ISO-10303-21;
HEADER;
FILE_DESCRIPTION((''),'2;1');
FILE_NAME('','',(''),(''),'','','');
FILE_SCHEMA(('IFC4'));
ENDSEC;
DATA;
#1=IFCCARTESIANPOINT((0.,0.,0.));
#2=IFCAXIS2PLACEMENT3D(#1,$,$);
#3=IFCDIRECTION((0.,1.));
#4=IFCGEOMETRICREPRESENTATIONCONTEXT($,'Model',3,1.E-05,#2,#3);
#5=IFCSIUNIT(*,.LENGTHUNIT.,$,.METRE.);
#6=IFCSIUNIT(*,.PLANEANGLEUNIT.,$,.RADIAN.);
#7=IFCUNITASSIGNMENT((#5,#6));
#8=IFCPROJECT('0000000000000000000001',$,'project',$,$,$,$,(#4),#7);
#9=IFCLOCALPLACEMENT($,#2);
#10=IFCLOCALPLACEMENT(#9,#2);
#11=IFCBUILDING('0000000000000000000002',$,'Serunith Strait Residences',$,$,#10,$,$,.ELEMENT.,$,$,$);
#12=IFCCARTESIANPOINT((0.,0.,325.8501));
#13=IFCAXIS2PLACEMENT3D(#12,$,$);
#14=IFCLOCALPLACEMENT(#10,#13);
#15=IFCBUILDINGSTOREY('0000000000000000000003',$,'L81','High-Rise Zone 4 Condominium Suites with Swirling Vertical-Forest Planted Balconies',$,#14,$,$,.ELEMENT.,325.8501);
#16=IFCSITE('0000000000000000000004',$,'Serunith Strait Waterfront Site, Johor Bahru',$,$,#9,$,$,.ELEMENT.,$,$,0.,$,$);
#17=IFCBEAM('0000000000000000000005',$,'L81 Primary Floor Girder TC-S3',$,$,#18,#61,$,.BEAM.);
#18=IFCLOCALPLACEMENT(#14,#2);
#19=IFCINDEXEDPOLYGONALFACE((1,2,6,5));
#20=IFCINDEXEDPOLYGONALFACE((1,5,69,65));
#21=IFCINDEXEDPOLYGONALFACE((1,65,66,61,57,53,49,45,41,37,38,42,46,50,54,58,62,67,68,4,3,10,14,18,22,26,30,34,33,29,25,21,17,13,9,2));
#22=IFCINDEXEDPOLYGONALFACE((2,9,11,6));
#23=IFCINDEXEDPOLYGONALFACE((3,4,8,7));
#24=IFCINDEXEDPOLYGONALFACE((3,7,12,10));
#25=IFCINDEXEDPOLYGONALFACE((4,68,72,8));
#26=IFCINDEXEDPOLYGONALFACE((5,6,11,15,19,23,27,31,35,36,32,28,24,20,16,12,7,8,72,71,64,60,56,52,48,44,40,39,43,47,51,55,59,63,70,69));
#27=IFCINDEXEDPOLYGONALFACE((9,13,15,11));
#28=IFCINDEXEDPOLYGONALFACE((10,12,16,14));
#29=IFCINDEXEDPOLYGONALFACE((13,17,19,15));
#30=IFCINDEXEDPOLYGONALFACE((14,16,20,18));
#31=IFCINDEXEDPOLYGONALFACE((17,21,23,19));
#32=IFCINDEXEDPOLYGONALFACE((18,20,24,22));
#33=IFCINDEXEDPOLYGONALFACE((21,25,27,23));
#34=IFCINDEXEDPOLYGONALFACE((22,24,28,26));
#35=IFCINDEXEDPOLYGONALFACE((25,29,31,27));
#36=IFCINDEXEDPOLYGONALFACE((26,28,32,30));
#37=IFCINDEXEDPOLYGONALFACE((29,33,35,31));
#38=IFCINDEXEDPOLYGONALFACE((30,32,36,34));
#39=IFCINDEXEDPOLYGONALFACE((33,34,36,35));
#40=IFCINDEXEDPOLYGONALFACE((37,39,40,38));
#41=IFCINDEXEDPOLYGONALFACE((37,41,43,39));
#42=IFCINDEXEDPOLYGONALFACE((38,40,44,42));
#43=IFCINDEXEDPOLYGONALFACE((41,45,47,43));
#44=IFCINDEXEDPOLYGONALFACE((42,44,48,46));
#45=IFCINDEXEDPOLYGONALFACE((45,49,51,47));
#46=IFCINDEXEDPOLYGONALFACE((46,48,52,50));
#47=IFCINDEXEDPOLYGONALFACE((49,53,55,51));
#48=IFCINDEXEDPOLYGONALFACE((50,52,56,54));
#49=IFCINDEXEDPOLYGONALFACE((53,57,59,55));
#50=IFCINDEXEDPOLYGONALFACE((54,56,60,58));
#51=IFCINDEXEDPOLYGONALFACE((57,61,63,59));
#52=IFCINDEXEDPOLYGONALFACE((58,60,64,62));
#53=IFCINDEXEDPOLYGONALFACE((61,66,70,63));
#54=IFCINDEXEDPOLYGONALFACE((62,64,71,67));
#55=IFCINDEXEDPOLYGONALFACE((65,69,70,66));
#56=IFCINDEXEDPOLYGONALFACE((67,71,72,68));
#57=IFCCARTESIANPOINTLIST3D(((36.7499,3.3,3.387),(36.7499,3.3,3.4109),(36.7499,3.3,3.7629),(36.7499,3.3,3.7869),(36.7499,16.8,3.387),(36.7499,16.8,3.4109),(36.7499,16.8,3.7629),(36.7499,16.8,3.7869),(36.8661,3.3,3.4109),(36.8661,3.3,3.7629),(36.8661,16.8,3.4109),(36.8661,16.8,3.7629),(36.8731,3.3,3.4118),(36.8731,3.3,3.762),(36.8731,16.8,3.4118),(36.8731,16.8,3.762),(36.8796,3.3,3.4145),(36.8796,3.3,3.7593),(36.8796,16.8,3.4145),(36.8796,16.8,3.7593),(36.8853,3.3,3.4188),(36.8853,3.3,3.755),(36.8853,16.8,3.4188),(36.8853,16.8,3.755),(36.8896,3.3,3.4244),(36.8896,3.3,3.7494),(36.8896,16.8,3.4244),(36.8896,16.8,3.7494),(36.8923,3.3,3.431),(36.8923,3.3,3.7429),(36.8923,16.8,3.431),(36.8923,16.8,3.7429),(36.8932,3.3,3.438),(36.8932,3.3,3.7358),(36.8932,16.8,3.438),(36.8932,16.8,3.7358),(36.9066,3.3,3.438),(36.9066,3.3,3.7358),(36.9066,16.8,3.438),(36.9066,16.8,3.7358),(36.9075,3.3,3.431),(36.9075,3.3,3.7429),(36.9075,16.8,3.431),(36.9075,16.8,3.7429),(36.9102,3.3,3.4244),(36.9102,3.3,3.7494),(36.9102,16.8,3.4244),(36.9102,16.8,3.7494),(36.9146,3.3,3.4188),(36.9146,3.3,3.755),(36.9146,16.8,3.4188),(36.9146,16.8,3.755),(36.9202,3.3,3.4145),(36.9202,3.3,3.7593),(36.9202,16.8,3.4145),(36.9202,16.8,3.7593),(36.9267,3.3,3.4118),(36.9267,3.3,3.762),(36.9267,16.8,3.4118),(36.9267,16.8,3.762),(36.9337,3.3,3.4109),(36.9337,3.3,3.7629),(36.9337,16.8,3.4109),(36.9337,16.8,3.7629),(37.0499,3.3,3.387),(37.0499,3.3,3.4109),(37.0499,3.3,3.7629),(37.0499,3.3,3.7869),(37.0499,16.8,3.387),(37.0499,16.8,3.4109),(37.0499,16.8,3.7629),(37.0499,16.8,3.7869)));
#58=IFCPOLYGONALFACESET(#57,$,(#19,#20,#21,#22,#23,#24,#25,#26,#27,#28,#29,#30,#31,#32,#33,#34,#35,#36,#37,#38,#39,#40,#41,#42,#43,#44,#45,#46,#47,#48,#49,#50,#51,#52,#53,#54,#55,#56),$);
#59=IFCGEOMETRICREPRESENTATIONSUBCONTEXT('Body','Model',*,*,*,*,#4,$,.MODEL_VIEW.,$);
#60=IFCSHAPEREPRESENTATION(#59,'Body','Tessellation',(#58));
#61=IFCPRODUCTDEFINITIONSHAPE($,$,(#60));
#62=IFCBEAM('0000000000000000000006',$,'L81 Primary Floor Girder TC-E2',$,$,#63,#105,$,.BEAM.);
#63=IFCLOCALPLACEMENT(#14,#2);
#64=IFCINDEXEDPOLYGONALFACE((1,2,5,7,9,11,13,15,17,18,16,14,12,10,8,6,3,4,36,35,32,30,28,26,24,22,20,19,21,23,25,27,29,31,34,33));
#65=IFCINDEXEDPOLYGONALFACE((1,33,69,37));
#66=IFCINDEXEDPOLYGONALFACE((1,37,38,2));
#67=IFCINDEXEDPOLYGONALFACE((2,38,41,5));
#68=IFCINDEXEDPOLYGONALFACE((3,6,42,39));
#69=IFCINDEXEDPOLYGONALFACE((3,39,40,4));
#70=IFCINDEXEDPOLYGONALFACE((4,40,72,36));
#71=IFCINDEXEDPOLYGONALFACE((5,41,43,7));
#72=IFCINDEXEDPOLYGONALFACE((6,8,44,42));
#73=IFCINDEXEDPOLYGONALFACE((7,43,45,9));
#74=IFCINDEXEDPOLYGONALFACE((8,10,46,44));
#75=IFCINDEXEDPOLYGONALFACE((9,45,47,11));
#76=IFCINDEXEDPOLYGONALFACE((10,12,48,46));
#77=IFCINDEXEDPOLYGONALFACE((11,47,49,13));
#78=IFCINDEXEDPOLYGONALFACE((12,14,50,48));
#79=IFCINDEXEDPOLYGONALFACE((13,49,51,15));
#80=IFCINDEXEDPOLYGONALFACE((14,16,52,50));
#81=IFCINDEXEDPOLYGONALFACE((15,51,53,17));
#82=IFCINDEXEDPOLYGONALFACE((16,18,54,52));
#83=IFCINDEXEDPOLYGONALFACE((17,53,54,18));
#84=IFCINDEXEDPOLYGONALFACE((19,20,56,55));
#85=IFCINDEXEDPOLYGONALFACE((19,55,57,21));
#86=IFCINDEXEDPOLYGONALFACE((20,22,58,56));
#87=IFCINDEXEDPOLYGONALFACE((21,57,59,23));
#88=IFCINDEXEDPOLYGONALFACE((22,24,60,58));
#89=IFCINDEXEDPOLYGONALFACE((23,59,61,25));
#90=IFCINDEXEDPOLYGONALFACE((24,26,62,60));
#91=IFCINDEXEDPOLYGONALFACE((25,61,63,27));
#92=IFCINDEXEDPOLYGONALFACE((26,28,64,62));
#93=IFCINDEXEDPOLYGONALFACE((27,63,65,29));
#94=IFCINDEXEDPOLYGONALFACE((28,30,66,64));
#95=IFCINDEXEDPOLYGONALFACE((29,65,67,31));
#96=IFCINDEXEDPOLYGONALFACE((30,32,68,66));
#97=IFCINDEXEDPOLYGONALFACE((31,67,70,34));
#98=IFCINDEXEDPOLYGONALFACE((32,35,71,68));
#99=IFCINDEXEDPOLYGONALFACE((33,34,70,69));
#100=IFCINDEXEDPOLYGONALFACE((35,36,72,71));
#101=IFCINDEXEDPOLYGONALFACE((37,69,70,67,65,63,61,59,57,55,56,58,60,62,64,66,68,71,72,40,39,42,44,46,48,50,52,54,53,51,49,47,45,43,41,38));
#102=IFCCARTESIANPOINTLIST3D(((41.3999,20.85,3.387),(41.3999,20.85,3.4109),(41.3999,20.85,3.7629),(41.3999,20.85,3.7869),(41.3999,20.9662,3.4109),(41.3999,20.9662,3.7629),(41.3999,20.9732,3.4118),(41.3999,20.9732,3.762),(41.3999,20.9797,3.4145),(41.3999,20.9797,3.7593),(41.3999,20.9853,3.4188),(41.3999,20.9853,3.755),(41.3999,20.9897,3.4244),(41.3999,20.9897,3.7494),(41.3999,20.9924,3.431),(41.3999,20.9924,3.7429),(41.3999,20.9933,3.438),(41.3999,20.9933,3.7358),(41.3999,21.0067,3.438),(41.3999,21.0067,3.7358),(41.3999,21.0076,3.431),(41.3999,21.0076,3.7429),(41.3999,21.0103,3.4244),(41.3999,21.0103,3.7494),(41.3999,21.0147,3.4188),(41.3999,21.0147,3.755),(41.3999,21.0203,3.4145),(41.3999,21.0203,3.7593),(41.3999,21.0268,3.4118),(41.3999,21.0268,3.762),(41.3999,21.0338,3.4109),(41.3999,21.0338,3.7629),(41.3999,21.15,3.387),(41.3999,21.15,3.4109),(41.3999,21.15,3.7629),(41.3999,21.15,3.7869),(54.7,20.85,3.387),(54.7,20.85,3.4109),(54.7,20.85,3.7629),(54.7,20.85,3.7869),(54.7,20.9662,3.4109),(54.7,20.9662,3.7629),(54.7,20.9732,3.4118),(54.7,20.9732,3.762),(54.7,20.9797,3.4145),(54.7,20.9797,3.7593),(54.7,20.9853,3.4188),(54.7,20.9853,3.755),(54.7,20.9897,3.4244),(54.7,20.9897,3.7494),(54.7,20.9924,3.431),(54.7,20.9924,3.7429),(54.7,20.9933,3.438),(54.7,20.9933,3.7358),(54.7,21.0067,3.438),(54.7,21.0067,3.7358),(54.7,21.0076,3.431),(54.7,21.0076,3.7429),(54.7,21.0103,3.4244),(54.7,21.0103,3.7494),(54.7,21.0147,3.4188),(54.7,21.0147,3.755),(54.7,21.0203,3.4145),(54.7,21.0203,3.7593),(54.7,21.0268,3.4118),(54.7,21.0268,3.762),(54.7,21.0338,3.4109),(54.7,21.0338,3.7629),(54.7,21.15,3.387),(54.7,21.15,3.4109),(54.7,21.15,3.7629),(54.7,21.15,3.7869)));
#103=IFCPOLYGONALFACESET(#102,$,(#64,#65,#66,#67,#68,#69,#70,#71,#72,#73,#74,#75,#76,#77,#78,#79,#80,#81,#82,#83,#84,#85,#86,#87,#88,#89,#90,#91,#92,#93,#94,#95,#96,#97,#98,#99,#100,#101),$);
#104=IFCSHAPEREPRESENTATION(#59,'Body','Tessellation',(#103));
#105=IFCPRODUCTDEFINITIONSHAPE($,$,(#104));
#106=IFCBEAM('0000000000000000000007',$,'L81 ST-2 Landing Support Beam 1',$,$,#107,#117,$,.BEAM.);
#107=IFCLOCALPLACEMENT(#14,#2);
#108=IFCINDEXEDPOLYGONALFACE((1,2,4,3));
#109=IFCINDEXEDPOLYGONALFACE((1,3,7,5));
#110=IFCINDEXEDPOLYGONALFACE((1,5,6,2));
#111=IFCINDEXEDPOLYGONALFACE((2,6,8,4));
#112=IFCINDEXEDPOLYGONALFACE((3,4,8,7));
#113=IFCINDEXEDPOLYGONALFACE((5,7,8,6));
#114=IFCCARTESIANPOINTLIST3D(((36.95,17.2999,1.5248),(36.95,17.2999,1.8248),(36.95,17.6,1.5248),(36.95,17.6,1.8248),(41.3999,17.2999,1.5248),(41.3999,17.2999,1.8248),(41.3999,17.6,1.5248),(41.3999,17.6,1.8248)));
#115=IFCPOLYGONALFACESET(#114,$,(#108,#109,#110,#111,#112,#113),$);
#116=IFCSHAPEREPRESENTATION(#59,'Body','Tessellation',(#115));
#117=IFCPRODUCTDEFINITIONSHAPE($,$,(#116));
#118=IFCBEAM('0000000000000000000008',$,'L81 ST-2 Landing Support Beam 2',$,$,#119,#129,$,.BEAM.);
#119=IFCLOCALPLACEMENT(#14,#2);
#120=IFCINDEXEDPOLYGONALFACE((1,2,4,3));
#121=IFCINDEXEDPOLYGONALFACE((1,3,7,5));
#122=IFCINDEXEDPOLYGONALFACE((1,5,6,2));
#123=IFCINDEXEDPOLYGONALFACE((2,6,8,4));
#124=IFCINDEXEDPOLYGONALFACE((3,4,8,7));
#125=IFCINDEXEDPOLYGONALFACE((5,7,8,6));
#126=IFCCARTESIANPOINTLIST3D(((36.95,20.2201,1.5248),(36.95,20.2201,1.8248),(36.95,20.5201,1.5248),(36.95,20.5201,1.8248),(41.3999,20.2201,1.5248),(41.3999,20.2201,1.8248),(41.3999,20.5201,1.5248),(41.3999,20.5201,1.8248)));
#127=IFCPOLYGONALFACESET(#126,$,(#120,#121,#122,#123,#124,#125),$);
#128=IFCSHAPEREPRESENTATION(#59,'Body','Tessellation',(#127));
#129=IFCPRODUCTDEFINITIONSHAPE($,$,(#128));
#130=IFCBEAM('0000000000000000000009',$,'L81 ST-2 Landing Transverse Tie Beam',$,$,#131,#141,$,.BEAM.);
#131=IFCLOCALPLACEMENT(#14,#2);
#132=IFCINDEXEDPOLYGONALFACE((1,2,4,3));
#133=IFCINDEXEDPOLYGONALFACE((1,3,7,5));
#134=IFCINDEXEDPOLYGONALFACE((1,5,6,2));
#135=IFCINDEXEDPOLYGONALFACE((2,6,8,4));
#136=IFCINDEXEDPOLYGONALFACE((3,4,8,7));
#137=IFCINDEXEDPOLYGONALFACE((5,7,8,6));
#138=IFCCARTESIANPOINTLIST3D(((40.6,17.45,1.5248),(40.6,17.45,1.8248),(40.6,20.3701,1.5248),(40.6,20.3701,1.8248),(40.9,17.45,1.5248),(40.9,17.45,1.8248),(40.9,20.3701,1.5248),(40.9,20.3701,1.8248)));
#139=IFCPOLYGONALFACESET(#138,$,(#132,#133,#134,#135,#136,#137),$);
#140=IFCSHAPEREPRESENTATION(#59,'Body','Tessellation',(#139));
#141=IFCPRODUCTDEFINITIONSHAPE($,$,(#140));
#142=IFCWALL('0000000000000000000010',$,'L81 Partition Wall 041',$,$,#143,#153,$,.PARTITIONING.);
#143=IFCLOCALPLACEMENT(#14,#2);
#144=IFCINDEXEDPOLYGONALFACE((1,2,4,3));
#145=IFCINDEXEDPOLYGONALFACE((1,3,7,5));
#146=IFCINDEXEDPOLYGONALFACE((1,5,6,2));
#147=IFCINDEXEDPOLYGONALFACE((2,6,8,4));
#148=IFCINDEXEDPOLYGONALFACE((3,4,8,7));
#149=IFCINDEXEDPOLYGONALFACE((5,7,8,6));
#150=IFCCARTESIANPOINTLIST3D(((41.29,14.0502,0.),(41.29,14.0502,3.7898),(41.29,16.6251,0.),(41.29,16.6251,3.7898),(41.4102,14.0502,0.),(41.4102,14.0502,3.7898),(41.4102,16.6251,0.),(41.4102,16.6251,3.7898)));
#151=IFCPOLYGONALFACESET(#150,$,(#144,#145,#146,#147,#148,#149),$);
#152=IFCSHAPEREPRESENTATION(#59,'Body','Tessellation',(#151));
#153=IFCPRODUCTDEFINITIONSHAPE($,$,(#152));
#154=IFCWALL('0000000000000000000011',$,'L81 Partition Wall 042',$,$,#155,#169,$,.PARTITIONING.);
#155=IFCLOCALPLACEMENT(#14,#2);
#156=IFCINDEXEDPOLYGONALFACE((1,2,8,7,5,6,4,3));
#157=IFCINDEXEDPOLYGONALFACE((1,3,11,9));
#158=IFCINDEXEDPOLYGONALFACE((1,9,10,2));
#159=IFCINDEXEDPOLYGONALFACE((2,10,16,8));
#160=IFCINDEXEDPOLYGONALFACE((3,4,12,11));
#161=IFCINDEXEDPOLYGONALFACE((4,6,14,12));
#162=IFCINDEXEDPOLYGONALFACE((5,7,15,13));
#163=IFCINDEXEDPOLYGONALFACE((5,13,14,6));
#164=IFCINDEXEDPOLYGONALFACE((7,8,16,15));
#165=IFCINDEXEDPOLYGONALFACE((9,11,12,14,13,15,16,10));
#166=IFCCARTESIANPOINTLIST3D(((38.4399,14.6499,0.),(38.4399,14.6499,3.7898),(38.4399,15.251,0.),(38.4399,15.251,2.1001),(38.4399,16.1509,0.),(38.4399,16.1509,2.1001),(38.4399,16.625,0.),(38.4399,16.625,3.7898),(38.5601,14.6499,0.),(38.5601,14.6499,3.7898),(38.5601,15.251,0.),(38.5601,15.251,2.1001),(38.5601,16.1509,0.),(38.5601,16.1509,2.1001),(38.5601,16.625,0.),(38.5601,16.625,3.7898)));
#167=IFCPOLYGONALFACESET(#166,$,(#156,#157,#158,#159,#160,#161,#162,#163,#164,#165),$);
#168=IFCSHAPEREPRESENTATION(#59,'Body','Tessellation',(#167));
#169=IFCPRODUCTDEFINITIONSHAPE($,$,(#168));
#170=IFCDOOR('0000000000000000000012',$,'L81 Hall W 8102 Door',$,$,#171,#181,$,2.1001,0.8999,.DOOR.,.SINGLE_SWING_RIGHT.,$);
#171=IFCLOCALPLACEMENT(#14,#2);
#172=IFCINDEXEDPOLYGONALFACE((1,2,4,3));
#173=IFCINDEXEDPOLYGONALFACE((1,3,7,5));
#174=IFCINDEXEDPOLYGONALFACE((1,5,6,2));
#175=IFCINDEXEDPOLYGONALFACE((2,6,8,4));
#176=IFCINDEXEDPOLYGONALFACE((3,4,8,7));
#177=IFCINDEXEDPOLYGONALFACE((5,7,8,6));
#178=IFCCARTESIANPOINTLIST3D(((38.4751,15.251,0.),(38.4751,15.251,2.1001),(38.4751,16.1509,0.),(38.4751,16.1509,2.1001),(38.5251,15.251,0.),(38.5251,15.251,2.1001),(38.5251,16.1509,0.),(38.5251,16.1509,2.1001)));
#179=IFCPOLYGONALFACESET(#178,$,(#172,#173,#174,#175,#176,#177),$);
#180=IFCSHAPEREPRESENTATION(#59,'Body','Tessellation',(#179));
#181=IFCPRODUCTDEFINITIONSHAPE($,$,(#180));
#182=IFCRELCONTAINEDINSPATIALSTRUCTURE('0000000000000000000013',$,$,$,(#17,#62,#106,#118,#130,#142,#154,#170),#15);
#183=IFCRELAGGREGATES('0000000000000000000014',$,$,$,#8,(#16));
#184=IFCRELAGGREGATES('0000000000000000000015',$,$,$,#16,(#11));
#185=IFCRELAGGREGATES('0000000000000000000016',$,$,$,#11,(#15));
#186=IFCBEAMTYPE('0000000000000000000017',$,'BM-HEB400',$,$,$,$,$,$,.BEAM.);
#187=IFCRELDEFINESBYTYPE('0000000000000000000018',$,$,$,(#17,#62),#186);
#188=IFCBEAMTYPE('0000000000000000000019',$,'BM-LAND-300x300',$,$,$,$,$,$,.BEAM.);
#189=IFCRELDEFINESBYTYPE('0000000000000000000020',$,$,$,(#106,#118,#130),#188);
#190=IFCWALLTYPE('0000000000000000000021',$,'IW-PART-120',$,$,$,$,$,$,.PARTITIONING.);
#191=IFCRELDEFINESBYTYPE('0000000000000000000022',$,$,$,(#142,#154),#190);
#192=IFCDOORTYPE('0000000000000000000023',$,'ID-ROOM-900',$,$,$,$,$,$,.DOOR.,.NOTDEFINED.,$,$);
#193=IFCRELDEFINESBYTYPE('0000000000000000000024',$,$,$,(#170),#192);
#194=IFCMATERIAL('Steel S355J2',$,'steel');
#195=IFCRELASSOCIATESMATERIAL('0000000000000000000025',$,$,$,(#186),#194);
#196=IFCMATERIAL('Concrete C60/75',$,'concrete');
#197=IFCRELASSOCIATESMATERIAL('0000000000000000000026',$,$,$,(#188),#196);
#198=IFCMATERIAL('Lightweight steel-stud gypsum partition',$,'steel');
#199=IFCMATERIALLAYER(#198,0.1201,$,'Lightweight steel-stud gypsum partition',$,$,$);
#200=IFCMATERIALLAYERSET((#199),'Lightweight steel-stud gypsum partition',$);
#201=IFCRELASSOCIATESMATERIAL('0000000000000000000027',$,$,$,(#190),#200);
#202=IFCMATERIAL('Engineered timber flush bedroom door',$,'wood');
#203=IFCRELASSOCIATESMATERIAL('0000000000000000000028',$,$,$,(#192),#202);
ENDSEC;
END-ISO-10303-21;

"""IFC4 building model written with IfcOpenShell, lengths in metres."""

from ifc_helpers import new_model, si_unit, direction, frame, frame_2d, origin, origin_2d, place, context, subcontext, project, spatial, rectangle, i_section, extrude, source, transform, mapped, material, layer, layer_set, material_profile, profile_set, type_object, element, fill, save


model = new_model("IFC4")

# Units and contexts
model_context = context("Model", 3, precision=1e-05, world=origin(), true_north=direction((0.0, 1.0)))
body_context = subcontext(model_context, "Body", "Model", "MODEL_VIEW")
ifc_project = project(units=[si_unit("LENGTHUNIT", "METRE"), si_unit("PLANEANGLEUNIT", "RADIAN")], contexts=[model_context])

# Site, building, storey
site_placement = place(None, origin())
site = spatial("IfcSite", under=ifc_project, at=site_placement, Name="Serunith Strait Waterfront Site, Johor Bahru", CompositionType="ELEMENT", RefElevation=0.0)
building_placement = place(site_placement, origin())
building = spatial("IfcBuilding", under=site, at=building_placement, Name="Serunith Strait Residences", CompositionType="ELEMENT")
storey_placement = place(building_placement, frame((0.0, 0.0, 325.8501)))
storey = spatial("IfcBuildingStorey", under=building, at=storey_placement, Name="L81", Description="High-Rise Zone 4 Condominium Suites with Swirling Vertical-Forest Planted Balconies", CompositionType="ELEMENT", Elevation=325.8501)

# Beams
ifc_material_1 = material(Name="Steel S355J2", Category="steel")
ifc_material_profile_1 = material_profile(ifc_material_1, i_section(OverallWidth=0.3, OverallDepth=0.3999, WebThickness=0.0134, FlangeThickness=0.0239, FilletRadius=0.0271, at=origin_2d()), Name="HEB 400")
ifc_profile_set_1 = profile_set([ifc_material_profile_1], Name="Steel S355J2")
beam_type_1 = type_object("IfcBeamType", Name="BM-HEB400", PredefinedType="BEAM", material=ifc_profile_set_1)
shared_shape_1 = source(origin(), body_context, "Body", "SweptSolid", [
    extrude(i_section(OverallWidth=0.3, OverallDepth=0.3999, WebThickness=0.0134, FlangeThickness=0.0239, FilletRadius=0.0271, at=origin_2d()), origin(), (0.0, 0.0, 1.0), 13.5),
])
beam_1_placement = place(storey_placement, frame((36.8999, 16.8, 3.5869), z_axis=(0.0, -1.0, 0.0), x_axis=(1.0, 0.0, 0.0)))
element("IfcBeam", 1, at=beam_1_placement, inside=storey, type_object=beam_type_1, Name="L81 Primary Floor Girder TC-S3", PredefinedType="BEAM", context=body_context, shape_type="MappedRepresentation", body=[
    mapped(shared_shape_1, transform((0.0, 0.0, 0.0), scale=1.0)),
])
shared_shape_2 = source(origin(), body_context, "Body", "SweptSolid", [
    extrude(i_section(OverallWidth=0.3, OverallDepth=0.3999, WebThickness=0.0134, FlangeThickness=0.0239, FilletRadius=0.0271, at=origin_2d()), origin(), (0.0, 0.0, 1.0), 13.3),
])
beam_2_placement = place(storey_placement, frame((41.3999, 21.0, 3.5869), z_axis=(1.0, 0.0, 0.0), x_axis=(0.0, 1.0, 0.0)))
element("IfcBeam", 2, at=beam_2_placement, inside=storey, type_object=beam_type_1, Name="L81 Primary Floor Girder TC-E2", PredefinedType="BEAM", context=body_context, shape_type="MappedRepresentation", body=[
    mapped(shared_shape_2, transform((0.0, 0.0, 0.0), scale=1.0)),
])
ifc_material_2 = material(Name="Concrete C60/75", Category="concrete")
ifc_material_profile_2 = material_profile(ifc_material_2, rectangle(XDim=0.3, YDim=0.3, at=origin_2d()), Name="RC 300x300")
ifc_profile_set_2 = profile_set([ifc_material_profile_2], Name="Concrete C60/75")
beam_type_2 = type_object("IfcBeamType", Name="BM-LAND-300x300", PredefinedType="BEAM", material=ifc_profile_set_2)
shared_shape_3 = source(origin(), body_context, "Body", "SweptSolid", [
    extrude(rectangle(XDim=0.3, YDim=0.3, at=origin_2d()), origin(), (0.0, 0.0, 1.0), 4.45),
])
for number, where, z_axis, x_axis, name in (
    (3, (36.95, 17.45, 1.6748), (1.0, 0.0, 0.0), (0.0, 1.0, 0.0), "L81 ST-2 Landing Support Beam 1"),
    (4, (36.95, 20.3701, 1.6748), (1.0, 0.0, 0.0), (0.0, 1.0, 0.0), "L81 ST-2 Landing Support Beam 2"),
):
    element("IfcBeam", number, at=place(storey_placement, frame(where, z_axis=z_axis, x_axis=x_axis)), inside=storey, type_object=beam_type_2, Name=name, PredefinedType="BEAM", context=body_context, shape_type="MappedRepresentation", body=[
        mapped(shared_shape_3, transform((0.0, 0.0, 0.0), scale=1.0)),
    ])
shared_shape_4 = source(origin(), body_context, "Body", "SweptSolid", [
    extrude(rectangle(XDim=0.3, YDim=0.3, at=origin_2d()), origin(), (0.0, 0.0, 1.0), 2.9202),
])
beam_3_placement = place(storey_placement, frame((40.75, 17.45, 1.6748), z_axis=(0.0, 1.0, 0.0), x_axis=(-1.0, 0.0, 0.0)))
element("IfcBeam", 5, at=beam_3_placement, inside=storey, type_object=beam_type_2, Name="L81 ST-2 Landing Transverse Tie Beam", PredefinedType="BEAM", context=body_context, shape_type="MappedRepresentation", body=[
    mapped(shared_shape_4, transform((0.0, 0.0, 0.0), scale=1.0)),
])

# Wall
ifc_material_3 = material(Name="Lightweight steel-stud gypsum partition", Category="steel")
ifc_layer_1 = layer(ifc_material_3, 0.1201, Name="Lightweight steel-stud gypsum partition")
ifc_layer_set_1 = layer_set([ifc_layer_1], Name="Lightweight steel-stud gypsum partition")
wall_type_1 = type_object("IfcWallType", Name="IW-PART-120", PredefinedType="PARTITIONING", material=ifc_layer_set_1)
wall_1_placement = place(storey_placement, frame((41.3501, 14.05, 0.0), z_axis=(0.0, 0.0, 1.0), x_axis=(0.0, 1.0, 0.0)))
element("IfcWall", 6, at=wall_1_placement, inside=storey, type_object=wall_type_1, Name="L81 Partition Wall 041", PredefinedType="PARTITIONING", context=body_context, shape_type="SweptSolid", body=[
    extrude(rectangle(XDim=2.575, YDim=0.1201, at=frame_2d((1.2876, 0.0))), origin(), (0.0, 0.0, 1.0), 3.7898),
])

# Wall, opening, door
wall_2_placement = place(storey_placement, frame((38.5, 14.6499, 0.0), z_axis=(0.0, 0.0, 1.0), x_axis=(0.0, 1.0, 0.0)))
wall_2 = element("IfcWall", 7, at=wall_2_placement, inside=storey, type_object=wall_type_1, Name="L81 Partition Wall 042", PredefinedType="PARTITIONING", context=body_context, shape_type="SweptSolid", body=[
    extrude(rectangle(XDim=1.9751, YDim=0.1201, at=frame_2d((0.9875, 0.0))), origin(), (0.0, 0.0, 1.0), 3.7898),
])
opening_1_placement = place(wall_2_placement, frame((0.6011, 0.0, 0.0)))
opening_1 = element("IfcOpeningElement", 8, at=opening_1_placement, cuts=wall_2, PredefinedType="OPENING", context=body_context, shape_type="SweptSolid", body=[
    extrude(rectangle(XDim=0.8999, YDim=2.1001, at=frame_2d((0.45, 1.05))), frame((0.0, 0.0701, 0.0), z_axis=(0.0, -1.0, 0.0), x_axis=(1.0, 0.0, 0.0)), (0.0, 0.0, 1.0), 0.1401),
])
ifc_material_4 = material(Name="Engineered timber flush bedroom door", Category="wood")
door_type_1 = type_object("IfcDoorType", Name="ID-ROOM-900", OperationType="NOTDEFINED", PredefinedType="DOOR", material=ifc_material_4)
shared_shape_5 = source(origin(), body_context, "Body", "SweptSolid", [
    extrude(rectangle(XDim=0.8999, YDim=2.1001, at=frame_2d((0.45, 1.05))), frame((0.0, 0.0249, 0.0), z_axis=(0.0, -1.0, 0.0), x_axis=(1.0, 0.0, 0.0)), (0.0, 0.0, 1.0), 0.05),
])
door_1_placement = place(opening_1_placement, origin())
door_1 = element("IfcDoor", 9, at=door_1_placement, inside=storey, type_object=door_type_1, Name="L81 Hall W 8102 Door", OperationType="SINGLE_SWING_RIGHT", OverallHeight=2.1001, OverallWidth=0.8999, PredefinedType="DOOR", context=body_context, shape_type="MappedRepresentation", body=[
    mapped(shared_shape_5, transform((0.0, 0.0, 0.0), scale=1.0)),
])
fill(opening_1, door_1)

save(model, "model.ifc")
